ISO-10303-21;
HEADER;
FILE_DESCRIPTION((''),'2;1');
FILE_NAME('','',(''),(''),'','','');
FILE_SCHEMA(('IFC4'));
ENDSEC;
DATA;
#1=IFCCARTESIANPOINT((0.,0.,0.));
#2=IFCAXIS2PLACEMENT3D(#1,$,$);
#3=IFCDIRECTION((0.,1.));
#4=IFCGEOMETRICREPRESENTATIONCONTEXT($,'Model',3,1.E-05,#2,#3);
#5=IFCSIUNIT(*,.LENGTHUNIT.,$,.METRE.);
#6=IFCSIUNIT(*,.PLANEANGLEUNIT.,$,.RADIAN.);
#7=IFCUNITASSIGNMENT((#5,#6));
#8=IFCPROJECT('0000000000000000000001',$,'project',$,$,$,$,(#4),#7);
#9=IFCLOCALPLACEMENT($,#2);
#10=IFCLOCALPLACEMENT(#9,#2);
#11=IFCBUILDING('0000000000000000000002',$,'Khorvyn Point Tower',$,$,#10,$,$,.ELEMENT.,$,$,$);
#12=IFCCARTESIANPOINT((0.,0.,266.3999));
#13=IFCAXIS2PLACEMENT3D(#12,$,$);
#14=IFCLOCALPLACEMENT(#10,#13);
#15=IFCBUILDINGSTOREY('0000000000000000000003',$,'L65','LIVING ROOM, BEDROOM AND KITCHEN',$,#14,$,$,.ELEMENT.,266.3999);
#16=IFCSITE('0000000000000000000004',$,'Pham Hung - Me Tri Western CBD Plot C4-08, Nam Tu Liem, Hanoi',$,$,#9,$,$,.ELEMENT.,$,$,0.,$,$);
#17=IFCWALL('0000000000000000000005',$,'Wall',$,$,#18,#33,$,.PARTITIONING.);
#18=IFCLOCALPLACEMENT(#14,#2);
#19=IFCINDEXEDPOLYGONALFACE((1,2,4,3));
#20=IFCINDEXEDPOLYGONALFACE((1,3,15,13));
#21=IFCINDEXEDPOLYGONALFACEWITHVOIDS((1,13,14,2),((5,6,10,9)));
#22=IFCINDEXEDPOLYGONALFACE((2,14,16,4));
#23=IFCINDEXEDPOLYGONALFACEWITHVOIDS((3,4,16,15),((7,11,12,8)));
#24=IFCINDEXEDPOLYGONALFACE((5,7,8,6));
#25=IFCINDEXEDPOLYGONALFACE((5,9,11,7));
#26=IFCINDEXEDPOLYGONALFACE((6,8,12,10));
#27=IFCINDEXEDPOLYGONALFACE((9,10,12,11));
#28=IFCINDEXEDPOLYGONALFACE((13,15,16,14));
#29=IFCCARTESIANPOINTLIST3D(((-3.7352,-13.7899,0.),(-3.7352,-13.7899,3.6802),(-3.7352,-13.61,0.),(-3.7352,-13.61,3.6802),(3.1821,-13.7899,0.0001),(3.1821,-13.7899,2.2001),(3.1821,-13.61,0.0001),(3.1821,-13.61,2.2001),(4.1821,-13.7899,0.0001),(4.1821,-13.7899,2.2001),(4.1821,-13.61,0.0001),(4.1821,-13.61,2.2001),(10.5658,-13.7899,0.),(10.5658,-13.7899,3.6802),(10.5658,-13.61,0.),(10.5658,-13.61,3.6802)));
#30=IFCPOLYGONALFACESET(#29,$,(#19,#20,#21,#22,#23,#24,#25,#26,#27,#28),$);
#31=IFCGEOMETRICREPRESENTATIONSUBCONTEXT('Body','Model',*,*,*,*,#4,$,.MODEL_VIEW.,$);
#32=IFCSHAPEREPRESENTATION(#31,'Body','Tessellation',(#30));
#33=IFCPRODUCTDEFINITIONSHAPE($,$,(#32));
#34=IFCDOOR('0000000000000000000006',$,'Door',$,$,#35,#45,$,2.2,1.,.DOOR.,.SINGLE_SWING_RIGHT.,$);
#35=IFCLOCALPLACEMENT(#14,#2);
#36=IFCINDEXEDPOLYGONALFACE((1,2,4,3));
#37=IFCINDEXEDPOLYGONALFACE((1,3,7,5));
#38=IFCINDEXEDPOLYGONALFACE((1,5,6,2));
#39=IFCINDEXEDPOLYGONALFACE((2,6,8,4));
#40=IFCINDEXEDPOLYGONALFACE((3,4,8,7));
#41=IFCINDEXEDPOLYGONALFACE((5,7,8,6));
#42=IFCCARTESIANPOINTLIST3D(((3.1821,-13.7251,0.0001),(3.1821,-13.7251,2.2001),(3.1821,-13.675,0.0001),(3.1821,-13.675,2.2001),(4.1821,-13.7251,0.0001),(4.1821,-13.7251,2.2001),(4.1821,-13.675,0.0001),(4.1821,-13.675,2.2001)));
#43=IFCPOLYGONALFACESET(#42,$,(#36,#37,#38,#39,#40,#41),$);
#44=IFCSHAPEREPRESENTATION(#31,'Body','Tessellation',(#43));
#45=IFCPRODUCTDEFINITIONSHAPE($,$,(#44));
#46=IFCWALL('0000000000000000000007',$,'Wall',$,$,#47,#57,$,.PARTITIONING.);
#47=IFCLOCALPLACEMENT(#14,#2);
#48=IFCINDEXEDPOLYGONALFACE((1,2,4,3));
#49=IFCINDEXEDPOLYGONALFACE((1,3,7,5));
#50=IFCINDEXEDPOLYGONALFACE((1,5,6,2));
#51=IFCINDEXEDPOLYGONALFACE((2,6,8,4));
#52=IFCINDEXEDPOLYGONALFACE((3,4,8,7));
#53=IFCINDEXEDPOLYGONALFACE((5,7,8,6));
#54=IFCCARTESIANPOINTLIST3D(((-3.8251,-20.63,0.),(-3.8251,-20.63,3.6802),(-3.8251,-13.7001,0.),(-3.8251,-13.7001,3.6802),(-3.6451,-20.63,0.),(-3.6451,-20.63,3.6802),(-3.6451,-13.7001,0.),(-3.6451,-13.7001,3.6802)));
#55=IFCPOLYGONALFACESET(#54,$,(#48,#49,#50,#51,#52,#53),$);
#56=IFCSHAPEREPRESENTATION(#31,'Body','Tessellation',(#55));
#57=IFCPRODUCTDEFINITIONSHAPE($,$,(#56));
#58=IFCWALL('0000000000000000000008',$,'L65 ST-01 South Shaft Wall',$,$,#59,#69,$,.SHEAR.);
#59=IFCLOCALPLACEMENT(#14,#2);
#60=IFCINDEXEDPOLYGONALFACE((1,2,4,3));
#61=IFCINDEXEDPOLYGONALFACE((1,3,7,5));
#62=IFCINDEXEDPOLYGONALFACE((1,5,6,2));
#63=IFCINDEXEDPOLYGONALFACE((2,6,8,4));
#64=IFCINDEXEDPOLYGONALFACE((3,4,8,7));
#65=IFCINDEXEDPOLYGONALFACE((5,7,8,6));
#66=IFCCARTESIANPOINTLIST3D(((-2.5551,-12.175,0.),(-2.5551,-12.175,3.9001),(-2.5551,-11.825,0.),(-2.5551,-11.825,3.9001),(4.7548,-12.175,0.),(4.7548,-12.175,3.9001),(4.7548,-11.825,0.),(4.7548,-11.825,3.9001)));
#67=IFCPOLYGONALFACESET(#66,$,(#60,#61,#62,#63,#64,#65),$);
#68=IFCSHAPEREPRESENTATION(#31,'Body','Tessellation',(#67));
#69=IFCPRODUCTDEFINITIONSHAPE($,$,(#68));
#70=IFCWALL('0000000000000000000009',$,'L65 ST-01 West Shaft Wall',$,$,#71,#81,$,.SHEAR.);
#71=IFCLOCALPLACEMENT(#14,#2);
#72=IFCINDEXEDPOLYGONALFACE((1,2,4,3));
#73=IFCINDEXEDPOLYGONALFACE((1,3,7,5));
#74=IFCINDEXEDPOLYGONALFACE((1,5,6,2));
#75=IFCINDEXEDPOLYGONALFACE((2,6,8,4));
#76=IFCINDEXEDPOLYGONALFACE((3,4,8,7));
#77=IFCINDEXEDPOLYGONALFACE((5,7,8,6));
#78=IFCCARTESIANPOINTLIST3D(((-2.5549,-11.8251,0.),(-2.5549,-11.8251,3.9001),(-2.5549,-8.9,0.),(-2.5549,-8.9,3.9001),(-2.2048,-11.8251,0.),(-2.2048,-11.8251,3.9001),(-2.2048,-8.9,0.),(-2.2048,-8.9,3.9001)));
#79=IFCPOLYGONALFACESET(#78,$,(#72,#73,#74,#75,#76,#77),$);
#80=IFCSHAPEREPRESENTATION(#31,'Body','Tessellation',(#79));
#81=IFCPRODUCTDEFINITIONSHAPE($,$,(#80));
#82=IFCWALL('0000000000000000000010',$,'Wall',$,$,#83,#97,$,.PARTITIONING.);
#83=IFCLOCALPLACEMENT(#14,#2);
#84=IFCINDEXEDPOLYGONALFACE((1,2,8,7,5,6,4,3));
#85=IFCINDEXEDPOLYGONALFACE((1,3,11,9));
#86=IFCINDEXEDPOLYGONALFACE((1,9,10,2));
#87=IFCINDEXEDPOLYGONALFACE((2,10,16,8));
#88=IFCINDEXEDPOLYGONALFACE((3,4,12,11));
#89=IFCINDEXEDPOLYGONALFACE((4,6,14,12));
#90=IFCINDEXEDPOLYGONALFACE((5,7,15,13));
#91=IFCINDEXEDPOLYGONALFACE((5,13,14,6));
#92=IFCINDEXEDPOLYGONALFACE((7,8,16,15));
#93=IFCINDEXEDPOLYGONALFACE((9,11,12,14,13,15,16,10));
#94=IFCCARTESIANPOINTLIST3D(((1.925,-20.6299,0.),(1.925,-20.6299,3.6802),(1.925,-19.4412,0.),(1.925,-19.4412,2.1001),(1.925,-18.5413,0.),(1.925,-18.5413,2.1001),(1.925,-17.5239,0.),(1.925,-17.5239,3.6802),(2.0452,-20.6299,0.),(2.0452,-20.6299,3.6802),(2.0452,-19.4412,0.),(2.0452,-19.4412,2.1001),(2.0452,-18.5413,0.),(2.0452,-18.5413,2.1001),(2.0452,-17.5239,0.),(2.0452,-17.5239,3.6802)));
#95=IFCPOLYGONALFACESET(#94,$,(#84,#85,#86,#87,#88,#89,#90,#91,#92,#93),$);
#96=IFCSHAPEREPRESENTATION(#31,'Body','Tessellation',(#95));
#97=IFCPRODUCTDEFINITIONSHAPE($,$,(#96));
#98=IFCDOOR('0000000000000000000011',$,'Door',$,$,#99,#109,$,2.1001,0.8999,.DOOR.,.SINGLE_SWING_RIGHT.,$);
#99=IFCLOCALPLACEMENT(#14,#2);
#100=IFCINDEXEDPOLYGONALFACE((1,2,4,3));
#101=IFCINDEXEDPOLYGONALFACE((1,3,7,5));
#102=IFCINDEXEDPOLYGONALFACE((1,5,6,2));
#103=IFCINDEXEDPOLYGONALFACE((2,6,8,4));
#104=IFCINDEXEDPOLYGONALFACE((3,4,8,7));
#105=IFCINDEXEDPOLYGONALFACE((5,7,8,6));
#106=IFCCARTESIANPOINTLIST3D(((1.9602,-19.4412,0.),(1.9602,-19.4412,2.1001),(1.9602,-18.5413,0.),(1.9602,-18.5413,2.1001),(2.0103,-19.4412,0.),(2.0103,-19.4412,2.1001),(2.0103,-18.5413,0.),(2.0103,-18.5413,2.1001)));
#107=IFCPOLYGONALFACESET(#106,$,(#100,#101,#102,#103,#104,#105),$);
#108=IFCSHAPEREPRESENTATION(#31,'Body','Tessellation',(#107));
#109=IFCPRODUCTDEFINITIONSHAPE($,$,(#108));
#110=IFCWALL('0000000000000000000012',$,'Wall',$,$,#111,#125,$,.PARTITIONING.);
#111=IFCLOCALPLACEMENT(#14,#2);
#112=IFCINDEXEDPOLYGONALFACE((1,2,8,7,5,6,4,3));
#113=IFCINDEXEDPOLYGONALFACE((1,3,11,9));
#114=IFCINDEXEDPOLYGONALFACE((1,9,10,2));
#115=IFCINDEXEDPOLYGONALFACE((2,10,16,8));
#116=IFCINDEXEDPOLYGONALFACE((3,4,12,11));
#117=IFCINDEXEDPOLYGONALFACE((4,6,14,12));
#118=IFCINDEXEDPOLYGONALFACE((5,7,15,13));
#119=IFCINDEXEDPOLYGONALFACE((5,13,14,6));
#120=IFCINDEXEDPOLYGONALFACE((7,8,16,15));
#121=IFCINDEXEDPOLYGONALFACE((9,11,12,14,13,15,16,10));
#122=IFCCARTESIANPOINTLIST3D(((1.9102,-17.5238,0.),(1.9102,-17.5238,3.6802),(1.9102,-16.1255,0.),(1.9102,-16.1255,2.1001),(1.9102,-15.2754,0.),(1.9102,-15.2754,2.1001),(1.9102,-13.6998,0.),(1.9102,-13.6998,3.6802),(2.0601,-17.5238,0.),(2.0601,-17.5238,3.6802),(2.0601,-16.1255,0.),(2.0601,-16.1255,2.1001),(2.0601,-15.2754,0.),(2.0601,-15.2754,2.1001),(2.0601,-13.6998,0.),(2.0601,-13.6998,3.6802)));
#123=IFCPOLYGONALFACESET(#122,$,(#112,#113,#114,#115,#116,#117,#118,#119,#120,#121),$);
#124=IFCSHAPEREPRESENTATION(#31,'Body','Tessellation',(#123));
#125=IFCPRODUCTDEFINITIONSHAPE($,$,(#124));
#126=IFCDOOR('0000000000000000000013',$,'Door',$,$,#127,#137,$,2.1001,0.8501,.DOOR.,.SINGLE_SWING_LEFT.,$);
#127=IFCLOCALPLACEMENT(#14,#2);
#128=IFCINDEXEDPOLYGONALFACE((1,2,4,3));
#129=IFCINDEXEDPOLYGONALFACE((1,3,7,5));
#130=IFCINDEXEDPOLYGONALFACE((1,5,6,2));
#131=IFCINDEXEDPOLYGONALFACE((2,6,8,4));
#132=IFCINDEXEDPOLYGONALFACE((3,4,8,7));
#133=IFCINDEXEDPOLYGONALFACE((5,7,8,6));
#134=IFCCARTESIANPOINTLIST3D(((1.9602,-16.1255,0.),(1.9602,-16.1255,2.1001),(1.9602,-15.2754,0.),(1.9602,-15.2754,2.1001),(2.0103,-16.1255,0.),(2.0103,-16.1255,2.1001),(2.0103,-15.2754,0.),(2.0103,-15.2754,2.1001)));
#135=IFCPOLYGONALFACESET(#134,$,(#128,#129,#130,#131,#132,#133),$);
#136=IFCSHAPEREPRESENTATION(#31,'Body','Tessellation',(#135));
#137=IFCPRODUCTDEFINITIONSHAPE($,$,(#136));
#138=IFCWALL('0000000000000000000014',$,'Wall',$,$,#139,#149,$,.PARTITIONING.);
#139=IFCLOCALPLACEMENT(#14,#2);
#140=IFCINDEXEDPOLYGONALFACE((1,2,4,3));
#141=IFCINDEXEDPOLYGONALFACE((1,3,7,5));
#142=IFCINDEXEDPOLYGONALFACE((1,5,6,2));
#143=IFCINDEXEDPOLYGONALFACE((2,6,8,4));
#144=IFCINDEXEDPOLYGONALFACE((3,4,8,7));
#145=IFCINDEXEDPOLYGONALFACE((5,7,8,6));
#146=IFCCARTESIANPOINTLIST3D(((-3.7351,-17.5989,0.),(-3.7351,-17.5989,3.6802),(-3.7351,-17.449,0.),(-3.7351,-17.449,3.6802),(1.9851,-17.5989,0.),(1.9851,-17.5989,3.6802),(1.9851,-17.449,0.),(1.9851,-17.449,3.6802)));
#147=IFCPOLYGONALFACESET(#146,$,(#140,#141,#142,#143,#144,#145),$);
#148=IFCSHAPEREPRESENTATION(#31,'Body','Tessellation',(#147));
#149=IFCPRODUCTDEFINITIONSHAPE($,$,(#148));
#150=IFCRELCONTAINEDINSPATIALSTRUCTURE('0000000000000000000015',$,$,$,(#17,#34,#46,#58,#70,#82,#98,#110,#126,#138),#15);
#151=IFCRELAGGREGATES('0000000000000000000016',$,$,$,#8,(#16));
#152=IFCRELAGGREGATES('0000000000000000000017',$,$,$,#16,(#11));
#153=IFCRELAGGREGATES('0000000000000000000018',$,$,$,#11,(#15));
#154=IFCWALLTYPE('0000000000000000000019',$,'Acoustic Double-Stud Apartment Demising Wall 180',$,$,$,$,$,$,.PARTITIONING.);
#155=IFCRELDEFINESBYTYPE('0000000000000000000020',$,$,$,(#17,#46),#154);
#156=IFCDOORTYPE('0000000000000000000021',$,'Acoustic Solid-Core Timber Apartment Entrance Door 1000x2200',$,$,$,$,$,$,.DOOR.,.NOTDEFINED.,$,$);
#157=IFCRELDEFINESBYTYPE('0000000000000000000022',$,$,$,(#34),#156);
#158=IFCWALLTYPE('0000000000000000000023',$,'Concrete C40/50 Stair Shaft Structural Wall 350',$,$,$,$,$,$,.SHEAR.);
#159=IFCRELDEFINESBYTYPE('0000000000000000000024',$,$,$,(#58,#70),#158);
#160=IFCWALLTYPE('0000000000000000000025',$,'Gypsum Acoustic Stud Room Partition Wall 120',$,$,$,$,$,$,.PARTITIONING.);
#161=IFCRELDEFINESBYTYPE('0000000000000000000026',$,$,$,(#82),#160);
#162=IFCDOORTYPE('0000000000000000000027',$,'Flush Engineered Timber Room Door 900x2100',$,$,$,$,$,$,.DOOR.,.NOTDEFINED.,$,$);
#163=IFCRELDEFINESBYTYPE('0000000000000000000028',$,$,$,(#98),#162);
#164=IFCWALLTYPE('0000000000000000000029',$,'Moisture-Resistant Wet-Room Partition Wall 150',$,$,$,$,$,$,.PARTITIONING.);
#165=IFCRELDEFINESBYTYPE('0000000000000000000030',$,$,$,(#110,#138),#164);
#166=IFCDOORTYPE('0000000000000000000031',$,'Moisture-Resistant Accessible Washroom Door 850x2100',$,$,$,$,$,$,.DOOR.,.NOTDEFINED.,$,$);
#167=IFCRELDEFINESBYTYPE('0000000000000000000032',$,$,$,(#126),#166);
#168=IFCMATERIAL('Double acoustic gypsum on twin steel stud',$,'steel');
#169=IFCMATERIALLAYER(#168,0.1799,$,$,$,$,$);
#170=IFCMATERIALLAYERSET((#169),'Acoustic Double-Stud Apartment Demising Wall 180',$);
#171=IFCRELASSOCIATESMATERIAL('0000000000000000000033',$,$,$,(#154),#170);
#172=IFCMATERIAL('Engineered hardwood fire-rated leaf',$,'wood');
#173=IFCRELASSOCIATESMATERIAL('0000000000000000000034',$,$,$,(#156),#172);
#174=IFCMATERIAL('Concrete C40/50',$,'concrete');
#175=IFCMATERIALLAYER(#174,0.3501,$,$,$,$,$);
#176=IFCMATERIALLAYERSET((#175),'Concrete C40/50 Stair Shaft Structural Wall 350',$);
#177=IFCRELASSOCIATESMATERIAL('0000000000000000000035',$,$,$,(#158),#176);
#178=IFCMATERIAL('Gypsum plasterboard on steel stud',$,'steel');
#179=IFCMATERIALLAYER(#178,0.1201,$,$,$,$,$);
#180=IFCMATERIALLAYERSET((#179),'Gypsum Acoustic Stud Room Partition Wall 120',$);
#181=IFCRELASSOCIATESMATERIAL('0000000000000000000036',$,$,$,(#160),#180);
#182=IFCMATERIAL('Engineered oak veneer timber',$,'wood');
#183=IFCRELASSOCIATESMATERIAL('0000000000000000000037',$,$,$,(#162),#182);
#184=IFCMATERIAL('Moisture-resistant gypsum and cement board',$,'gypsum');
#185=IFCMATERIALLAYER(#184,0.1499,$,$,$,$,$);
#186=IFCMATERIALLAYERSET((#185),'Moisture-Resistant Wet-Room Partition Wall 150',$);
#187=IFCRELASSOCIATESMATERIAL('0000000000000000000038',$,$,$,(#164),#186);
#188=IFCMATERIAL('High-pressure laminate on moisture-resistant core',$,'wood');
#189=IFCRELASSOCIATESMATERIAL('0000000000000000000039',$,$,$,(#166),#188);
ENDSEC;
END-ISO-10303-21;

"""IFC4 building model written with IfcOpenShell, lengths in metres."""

from ifc_helpers import new_model, si_unit, direction, frame, frame_2d, origin, place, context, subcontext, project, spatial, rectangle, extrude, material, layer, layer_set, type_object, element, fill, save


model = new_model("IFC4")

# Units and contexts
model_context = context("Model", 3, precision=1e-05, world=origin(), true_north=direction((0.0, 1.0)))
body_context = subcontext(model_context, "Body", "Model", "MODEL_VIEW")
ifc_project = project(units=[si_unit("LENGTHUNIT", "METRE"), si_unit("PLANEANGLEUNIT", "RADIAN")], contexts=[model_context])

# Site, building, storey
site_placement = place(None, origin())
site = spatial("IfcSite", under=ifc_project, at=site_placement, Name="Pham Hung - Me Tri Western CBD Plot C4-08, Nam Tu Liem, Hanoi", CompositionType="ELEMENT", RefElevation=0.0)
building_placement = place(site_placement, origin())
building = spatial("IfcBuilding", under=site, at=building_placement, Name="Khorvyn Point Tower", CompositionType="ELEMENT")
storey_placement = place(building_placement, frame((0.0, 0.0, 266.3999)))
storey = spatial("IfcBuildingStorey", under=building, at=storey_placement, Name="L65", Description="LIVING ROOM, BEDROOM AND KITCHEN", CompositionType="ELEMENT", Elevation=266.3999)

# Shared definitions
ifc_material_1 = material(Name="Concrete C40/50", Category="concrete")

# Wall, opening, door
ifc_material_2 = material(Name="Double acoustic gypsum on twin steel stud", Category="steel")
ifc_layer_1 = layer(ifc_material_2, 0.1799)
ifc_layer_set_1 = layer_set([ifc_layer_1], Name="Acoustic Double-Stud Apartment Demising Wall 180")
wall_type_1 = type_object("IfcWallType", Name="Acoustic Double-Stud Apartment Demising Wall 180", PredefinedType="PARTITIONING", material=ifc_layer_set_1)
wall_1_placement = place(storey_placement, frame((-3.7351, -13.7, 0.0), z_axis=(0.0, 0.0, 1.0), x_axis=(1.0, 0.0, 0.0)))
wall_1 = element("IfcWall", 1, at=wall_1_placement, inside=storey, type_object=wall_type_1, Name="Wall", PredefinedType="PARTITIONING", context=body_context, shape_type="SweptSolid", body=[
    extrude(rectangle(XDim=14.301, YDim=0.1799, at=frame_2d((7.1504, 0.0))), origin(), (0.0, 0.0, 1.0), 3.6802),
])
opening_1_placement = place(wall_1_placement, frame((6.9172, 0.0, 0.0)))
opening_1 = element("IfcOpeningElement", 2, at=opening_1_placement, cuts=wall_1, PredefinedType="OPENING", context=body_context, shape_type="SweptSolid", body=[
    extrude(rectangle(XDim=1.0, YDim=2.2, at=frame_2d((0.5, 1.1001))), frame((0.0, 0.0999, 0.0), z_axis=(0.0, -1.0, 0.0), x_axis=(1.0, 0.0, 0.0)), (0.0, 0.0, 1.0), 0.2),
])
ifc_material_3 = material(Name="Engineered hardwood fire-rated leaf", Category="wood")
door_type_1 = type_object("IfcDoorType", Name="Acoustic Solid-Core Timber Apartment Entrance Door 1000x2200", OperationType="NOTDEFINED", PredefinedType="DOOR", material=ifc_material_3)
door_1_placement = place(opening_1_placement, origin())
door_1 = element("IfcDoor", 3, at=door_1_placement, inside=storey, type_object=door_type_1, Name="Door", OperationType="SINGLE_SWING_RIGHT", OverallHeight=2.2, OverallWidth=1.0, PredefinedType="DOOR", context=body_context, shape_type="SweptSolid", body=[
    extrude(rectangle(XDim=1.0, YDim=2.2, at=frame_2d((0.5, 1.1001))), frame((0.0, 0.0249, 0.0), z_axis=(0.0, -1.0, 0.0), x_axis=(1.0, 0.0, 0.0)), (0.0, 0.0, 1.0), 0.05),
])
fill(opening_1, door_1)

# Walls
wall_2_placement = place(storey_placement, frame((-3.7351, -20.6299, 0.0), z_axis=(0.0, 0.0, 1.0), x_axis=(0.0, 1.0, 0.0)))
element("IfcWall", 4, at=wall_2_placement, inside=storey, type_object=wall_type_1, Name="Wall", PredefinedType="PARTITIONING", context=body_context, shape_type="SweptSolid", body=[
    extrude(rectangle(XDim=6.9299, YDim=0.1799, at=frame_2d((3.4648, 0.0))), origin(), (0.0, 0.0, 1.0), 3.6802),
])
ifc_layer_2 = layer(ifc_material_1, 0.3501)
ifc_layer_set_2 = layer_set([ifc_layer_2], Name="Concrete C40/50 Stair Shaft Structural Wall 350")
wall_type_2 = type_object("IfcWallType", Name="Concrete C40/50 Stair Shaft Structural Wall 350", PredefinedType="SHEAR", material=ifc_layer_set_2)
wall_3_placement = place(storey_placement, frame((-2.5549, -12.0, 0.0), z_axis=(0.0, 0.0, 1.0), x_axis=(1.0, 0.0, 0.0)))
element("IfcWall", 5, at=wall_3_placement, inside=storey, type_object=wall_type_2, Name="L65 ST-01 South Shaft Wall", PredefinedType="SHEAR", context=body_context, shape_type="SweptSolid", body=[
    extrude(rectangle(XDim=7.3098, YDim=0.3501, at=frame_2d((3.6548, 0.0))), origin(), (0.0, 0.0, 1.0), 3.9001),
])
wall_4_placement = place(storey_placement, frame((-2.3799, -11.825, 0.0), z_axis=(0.0, 0.0, 1.0), x_axis=(0.0, 1.0, 0.0)))
element("IfcWall", 6, at=wall_4_placement, inside=storey, type_object=wall_type_2, Name="L65 ST-01 West Shaft Wall", PredefinedType="SHEAR", context=body_context, shape_type="SweptSolid", body=[
    extrude(rectangle(XDim=2.925, YDim=0.3501, at=frame_2d((1.4624, 0.0))), origin(), (0.0, 0.0, 1.0), 3.9001),
])

# Walls, openings, doors
ifc_material_4 = material(Name="Gypsum plasterboard on steel stud", Category="steel")
ifc_layer_3 = layer(ifc_material_4, 0.1201)
ifc_layer_set_3 = layer_set([ifc_layer_3], Name="Gypsum Acoustic Stud Room Partition Wall 120")
wall_type_3 = type_object("IfcWallType", Name="Gypsum Acoustic Stud Room Partition Wall 120", PredefinedType="PARTITIONING", material=ifc_layer_set_3)
wall_5_placement = place(storey_placement, frame((1.9851, -20.6299, 0.0), z_axis=(0.0, 0.0, 1.0), x_axis=(0.0, 1.0, 0.0)))
wall_5 = element("IfcWall", 7, at=wall_5_placement, inside=storey, type_object=wall_type_3, Name="Wall", PredefinedType="PARTITIONING", context=body_context, shape_type="SweptSolid", body=[
    extrude(rectangle(XDim=3.106, YDim=0.1201, at=frame_2d((1.553, 0.0))), origin(), (0.0, 0.0, 1.0), 3.6802),
])
opening_2_placement = place(wall_5_placement, frame((1.1887, 0.0, 0.0)))
opening_2 = element("IfcOpeningElement", 8, at=opening_2_placement, cuts=wall_5, PredefinedType="OPENING", context=body_context, shape_type="SweptSolid", body=[
    extrude(rectangle(XDim=0.8999, YDim=2.1001, at=frame_2d((0.45, 1.05))), frame((0.0, 0.0701, 0.0), z_axis=(0.0, -1.0, 0.0), x_axis=(1.0, 0.0, 0.0)), (0.0, 0.0, 1.0), 0.1401),
])
ifc_material_5 = material(Name="Engineered oak veneer timber", Category="wood")
door_type_2 = type_object("IfcDoorType", Name="Flush Engineered Timber Room Door 900x2100", OperationType="NOTDEFINED", PredefinedType="DOOR", material=ifc_material_5)
door_2_placement = place(opening_2_placement, origin())
door_2 = element("IfcDoor", 9, at=door_2_placement, inside=storey, type_object=door_type_2, Name="Door", OperationType="SINGLE_SWING_RIGHT", OverallHeight=2.1001, OverallWidth=0.8999, PredefinedType="DOOR", context=body_context, shape_type="SweptSolid", body=[
    extrude(rectangle(XDim=0.8999, YDim=2.1001, at=frame_2d((0.45, 1.05))), frame((0.0, 0.0249, 0.0), z_axis=(0.0, -1.0, 0.0), x_axis=(1.0, 0.0, 0.0)), (0.0, 0.0, 1.0), 0.05),
])
fill(opening_2, door_2)
ifc_material_6 = material(Name="Moisture-resistant gypsum and cement board", Category="gypsum")
ifc_layer_4 = layer(ifc_material_6, 0.1499)
ifc_layer_set_4 = layer_set([ifc_layer_4], Name="Moisture-Resistant Wet-Room Partition Wall 150")
wall_type_4 = type_object("IfcWallType", Name="Moisture-Resistant Wet-Room Partition Wall 150", PredefinedType="PARTITIONING", material=ifc_layer_set_4)
wall_6_placement = place(storey_placement, frame((1.9851, -17.5239, 0.0), z_axis=(0.0, 0.0, 1.0), x_axis=(0.0, 1.0, 0.0)))
wall_6 = element("IfcWall", 10, at=wall_6_placement, inside=storey, type_object=wall_type_4, Name="Wall", PredefinedType="PARTITIONING", context=body_context, shape_type="SweptSolid", body=[
    extrude(rectangle(XDim=3.824, YDim=0.1499, at=frame_2d((1.9121, 0.0))), origin(), (0.0, 0.0, 1.0), 3.6802),
])
opening_3_placement = place(wall_6_placement, frame((1.3984, 0.0, 0.0)))
opening_3 = element("IfcOpeningElement", 11, at=opening_3_placement, cuts=wall_6, PredefinedType="OPENING", context=body_context, shape_type="SweptSolid", body=[
    extrude(rectangle(XDim=0.8501, YDim=2.1001, at=frame_2d((0.425, 1.05))), frame((0.0, 0.085, 0.0), z_axis=(0.0, -1.0, 0.0), x_axis=(1.0, 0.0, 0.0)), (0.0, 0.0, 1.0), 0.1699),
])
ifc_material_7 = material(Name="High-pressure laminate on moisture-resistant core", Category="wood")
door_type_3 = type_object("IfcDoorType", Name="Moisture-Resistant Accessible Washroom Door 850x2100", OperationType="NOTDEFINED", PredefinedType="DOOR", material=ifc_material_7)
door_3_placement = place(opening_3_placement, origin())
door_3 = element("IfcDoor", 12, at=door_3_placement, inside=storey, type_object=door_type_3, Name="Door", OperationType="SINGLE_SWING_LEFT", OverallHeight=2.1001, OverallWidth=0.8501, PredefinedType="DOOR", context=body_context, shape_type="SweptSolid", body=[
    extrude(rectangle(XDim=0.8501, YDim=2.1001, at=frame_2d((0.425, 1.05))), frame((0.0, 0.0249, 0.0), z_axis=(0.0, -1.0, 0.0), x_axis=(1.0, 0.0, 0.0)), (0.0, 0.0, 1.0), 0.05),
])
fill(opening_3, door_3)

# Wall
wall_7_placement = place(storey_placement, frame((-3.7351, -17.5239, 0.0), z_axis=(0.0, 0.0, 1.0), x_axis=(1.0, 0.0, 0.0)))
element("IfcWall", 13, at=wall_7_placement, inside=storey, type_object=wall_type_4, Name="Wall", PredefinedType="PARTITIONING", context=body_context, shape_type="SweptSolid", body=[
    extrude(rectangle(XDim=5.7202, YDim=0.1499, at=frame_2d((2.8601, 0.0))), origin(), (0.0, 0.0, 1.0), 3.6802),
])

save(model, "model.ifc")
